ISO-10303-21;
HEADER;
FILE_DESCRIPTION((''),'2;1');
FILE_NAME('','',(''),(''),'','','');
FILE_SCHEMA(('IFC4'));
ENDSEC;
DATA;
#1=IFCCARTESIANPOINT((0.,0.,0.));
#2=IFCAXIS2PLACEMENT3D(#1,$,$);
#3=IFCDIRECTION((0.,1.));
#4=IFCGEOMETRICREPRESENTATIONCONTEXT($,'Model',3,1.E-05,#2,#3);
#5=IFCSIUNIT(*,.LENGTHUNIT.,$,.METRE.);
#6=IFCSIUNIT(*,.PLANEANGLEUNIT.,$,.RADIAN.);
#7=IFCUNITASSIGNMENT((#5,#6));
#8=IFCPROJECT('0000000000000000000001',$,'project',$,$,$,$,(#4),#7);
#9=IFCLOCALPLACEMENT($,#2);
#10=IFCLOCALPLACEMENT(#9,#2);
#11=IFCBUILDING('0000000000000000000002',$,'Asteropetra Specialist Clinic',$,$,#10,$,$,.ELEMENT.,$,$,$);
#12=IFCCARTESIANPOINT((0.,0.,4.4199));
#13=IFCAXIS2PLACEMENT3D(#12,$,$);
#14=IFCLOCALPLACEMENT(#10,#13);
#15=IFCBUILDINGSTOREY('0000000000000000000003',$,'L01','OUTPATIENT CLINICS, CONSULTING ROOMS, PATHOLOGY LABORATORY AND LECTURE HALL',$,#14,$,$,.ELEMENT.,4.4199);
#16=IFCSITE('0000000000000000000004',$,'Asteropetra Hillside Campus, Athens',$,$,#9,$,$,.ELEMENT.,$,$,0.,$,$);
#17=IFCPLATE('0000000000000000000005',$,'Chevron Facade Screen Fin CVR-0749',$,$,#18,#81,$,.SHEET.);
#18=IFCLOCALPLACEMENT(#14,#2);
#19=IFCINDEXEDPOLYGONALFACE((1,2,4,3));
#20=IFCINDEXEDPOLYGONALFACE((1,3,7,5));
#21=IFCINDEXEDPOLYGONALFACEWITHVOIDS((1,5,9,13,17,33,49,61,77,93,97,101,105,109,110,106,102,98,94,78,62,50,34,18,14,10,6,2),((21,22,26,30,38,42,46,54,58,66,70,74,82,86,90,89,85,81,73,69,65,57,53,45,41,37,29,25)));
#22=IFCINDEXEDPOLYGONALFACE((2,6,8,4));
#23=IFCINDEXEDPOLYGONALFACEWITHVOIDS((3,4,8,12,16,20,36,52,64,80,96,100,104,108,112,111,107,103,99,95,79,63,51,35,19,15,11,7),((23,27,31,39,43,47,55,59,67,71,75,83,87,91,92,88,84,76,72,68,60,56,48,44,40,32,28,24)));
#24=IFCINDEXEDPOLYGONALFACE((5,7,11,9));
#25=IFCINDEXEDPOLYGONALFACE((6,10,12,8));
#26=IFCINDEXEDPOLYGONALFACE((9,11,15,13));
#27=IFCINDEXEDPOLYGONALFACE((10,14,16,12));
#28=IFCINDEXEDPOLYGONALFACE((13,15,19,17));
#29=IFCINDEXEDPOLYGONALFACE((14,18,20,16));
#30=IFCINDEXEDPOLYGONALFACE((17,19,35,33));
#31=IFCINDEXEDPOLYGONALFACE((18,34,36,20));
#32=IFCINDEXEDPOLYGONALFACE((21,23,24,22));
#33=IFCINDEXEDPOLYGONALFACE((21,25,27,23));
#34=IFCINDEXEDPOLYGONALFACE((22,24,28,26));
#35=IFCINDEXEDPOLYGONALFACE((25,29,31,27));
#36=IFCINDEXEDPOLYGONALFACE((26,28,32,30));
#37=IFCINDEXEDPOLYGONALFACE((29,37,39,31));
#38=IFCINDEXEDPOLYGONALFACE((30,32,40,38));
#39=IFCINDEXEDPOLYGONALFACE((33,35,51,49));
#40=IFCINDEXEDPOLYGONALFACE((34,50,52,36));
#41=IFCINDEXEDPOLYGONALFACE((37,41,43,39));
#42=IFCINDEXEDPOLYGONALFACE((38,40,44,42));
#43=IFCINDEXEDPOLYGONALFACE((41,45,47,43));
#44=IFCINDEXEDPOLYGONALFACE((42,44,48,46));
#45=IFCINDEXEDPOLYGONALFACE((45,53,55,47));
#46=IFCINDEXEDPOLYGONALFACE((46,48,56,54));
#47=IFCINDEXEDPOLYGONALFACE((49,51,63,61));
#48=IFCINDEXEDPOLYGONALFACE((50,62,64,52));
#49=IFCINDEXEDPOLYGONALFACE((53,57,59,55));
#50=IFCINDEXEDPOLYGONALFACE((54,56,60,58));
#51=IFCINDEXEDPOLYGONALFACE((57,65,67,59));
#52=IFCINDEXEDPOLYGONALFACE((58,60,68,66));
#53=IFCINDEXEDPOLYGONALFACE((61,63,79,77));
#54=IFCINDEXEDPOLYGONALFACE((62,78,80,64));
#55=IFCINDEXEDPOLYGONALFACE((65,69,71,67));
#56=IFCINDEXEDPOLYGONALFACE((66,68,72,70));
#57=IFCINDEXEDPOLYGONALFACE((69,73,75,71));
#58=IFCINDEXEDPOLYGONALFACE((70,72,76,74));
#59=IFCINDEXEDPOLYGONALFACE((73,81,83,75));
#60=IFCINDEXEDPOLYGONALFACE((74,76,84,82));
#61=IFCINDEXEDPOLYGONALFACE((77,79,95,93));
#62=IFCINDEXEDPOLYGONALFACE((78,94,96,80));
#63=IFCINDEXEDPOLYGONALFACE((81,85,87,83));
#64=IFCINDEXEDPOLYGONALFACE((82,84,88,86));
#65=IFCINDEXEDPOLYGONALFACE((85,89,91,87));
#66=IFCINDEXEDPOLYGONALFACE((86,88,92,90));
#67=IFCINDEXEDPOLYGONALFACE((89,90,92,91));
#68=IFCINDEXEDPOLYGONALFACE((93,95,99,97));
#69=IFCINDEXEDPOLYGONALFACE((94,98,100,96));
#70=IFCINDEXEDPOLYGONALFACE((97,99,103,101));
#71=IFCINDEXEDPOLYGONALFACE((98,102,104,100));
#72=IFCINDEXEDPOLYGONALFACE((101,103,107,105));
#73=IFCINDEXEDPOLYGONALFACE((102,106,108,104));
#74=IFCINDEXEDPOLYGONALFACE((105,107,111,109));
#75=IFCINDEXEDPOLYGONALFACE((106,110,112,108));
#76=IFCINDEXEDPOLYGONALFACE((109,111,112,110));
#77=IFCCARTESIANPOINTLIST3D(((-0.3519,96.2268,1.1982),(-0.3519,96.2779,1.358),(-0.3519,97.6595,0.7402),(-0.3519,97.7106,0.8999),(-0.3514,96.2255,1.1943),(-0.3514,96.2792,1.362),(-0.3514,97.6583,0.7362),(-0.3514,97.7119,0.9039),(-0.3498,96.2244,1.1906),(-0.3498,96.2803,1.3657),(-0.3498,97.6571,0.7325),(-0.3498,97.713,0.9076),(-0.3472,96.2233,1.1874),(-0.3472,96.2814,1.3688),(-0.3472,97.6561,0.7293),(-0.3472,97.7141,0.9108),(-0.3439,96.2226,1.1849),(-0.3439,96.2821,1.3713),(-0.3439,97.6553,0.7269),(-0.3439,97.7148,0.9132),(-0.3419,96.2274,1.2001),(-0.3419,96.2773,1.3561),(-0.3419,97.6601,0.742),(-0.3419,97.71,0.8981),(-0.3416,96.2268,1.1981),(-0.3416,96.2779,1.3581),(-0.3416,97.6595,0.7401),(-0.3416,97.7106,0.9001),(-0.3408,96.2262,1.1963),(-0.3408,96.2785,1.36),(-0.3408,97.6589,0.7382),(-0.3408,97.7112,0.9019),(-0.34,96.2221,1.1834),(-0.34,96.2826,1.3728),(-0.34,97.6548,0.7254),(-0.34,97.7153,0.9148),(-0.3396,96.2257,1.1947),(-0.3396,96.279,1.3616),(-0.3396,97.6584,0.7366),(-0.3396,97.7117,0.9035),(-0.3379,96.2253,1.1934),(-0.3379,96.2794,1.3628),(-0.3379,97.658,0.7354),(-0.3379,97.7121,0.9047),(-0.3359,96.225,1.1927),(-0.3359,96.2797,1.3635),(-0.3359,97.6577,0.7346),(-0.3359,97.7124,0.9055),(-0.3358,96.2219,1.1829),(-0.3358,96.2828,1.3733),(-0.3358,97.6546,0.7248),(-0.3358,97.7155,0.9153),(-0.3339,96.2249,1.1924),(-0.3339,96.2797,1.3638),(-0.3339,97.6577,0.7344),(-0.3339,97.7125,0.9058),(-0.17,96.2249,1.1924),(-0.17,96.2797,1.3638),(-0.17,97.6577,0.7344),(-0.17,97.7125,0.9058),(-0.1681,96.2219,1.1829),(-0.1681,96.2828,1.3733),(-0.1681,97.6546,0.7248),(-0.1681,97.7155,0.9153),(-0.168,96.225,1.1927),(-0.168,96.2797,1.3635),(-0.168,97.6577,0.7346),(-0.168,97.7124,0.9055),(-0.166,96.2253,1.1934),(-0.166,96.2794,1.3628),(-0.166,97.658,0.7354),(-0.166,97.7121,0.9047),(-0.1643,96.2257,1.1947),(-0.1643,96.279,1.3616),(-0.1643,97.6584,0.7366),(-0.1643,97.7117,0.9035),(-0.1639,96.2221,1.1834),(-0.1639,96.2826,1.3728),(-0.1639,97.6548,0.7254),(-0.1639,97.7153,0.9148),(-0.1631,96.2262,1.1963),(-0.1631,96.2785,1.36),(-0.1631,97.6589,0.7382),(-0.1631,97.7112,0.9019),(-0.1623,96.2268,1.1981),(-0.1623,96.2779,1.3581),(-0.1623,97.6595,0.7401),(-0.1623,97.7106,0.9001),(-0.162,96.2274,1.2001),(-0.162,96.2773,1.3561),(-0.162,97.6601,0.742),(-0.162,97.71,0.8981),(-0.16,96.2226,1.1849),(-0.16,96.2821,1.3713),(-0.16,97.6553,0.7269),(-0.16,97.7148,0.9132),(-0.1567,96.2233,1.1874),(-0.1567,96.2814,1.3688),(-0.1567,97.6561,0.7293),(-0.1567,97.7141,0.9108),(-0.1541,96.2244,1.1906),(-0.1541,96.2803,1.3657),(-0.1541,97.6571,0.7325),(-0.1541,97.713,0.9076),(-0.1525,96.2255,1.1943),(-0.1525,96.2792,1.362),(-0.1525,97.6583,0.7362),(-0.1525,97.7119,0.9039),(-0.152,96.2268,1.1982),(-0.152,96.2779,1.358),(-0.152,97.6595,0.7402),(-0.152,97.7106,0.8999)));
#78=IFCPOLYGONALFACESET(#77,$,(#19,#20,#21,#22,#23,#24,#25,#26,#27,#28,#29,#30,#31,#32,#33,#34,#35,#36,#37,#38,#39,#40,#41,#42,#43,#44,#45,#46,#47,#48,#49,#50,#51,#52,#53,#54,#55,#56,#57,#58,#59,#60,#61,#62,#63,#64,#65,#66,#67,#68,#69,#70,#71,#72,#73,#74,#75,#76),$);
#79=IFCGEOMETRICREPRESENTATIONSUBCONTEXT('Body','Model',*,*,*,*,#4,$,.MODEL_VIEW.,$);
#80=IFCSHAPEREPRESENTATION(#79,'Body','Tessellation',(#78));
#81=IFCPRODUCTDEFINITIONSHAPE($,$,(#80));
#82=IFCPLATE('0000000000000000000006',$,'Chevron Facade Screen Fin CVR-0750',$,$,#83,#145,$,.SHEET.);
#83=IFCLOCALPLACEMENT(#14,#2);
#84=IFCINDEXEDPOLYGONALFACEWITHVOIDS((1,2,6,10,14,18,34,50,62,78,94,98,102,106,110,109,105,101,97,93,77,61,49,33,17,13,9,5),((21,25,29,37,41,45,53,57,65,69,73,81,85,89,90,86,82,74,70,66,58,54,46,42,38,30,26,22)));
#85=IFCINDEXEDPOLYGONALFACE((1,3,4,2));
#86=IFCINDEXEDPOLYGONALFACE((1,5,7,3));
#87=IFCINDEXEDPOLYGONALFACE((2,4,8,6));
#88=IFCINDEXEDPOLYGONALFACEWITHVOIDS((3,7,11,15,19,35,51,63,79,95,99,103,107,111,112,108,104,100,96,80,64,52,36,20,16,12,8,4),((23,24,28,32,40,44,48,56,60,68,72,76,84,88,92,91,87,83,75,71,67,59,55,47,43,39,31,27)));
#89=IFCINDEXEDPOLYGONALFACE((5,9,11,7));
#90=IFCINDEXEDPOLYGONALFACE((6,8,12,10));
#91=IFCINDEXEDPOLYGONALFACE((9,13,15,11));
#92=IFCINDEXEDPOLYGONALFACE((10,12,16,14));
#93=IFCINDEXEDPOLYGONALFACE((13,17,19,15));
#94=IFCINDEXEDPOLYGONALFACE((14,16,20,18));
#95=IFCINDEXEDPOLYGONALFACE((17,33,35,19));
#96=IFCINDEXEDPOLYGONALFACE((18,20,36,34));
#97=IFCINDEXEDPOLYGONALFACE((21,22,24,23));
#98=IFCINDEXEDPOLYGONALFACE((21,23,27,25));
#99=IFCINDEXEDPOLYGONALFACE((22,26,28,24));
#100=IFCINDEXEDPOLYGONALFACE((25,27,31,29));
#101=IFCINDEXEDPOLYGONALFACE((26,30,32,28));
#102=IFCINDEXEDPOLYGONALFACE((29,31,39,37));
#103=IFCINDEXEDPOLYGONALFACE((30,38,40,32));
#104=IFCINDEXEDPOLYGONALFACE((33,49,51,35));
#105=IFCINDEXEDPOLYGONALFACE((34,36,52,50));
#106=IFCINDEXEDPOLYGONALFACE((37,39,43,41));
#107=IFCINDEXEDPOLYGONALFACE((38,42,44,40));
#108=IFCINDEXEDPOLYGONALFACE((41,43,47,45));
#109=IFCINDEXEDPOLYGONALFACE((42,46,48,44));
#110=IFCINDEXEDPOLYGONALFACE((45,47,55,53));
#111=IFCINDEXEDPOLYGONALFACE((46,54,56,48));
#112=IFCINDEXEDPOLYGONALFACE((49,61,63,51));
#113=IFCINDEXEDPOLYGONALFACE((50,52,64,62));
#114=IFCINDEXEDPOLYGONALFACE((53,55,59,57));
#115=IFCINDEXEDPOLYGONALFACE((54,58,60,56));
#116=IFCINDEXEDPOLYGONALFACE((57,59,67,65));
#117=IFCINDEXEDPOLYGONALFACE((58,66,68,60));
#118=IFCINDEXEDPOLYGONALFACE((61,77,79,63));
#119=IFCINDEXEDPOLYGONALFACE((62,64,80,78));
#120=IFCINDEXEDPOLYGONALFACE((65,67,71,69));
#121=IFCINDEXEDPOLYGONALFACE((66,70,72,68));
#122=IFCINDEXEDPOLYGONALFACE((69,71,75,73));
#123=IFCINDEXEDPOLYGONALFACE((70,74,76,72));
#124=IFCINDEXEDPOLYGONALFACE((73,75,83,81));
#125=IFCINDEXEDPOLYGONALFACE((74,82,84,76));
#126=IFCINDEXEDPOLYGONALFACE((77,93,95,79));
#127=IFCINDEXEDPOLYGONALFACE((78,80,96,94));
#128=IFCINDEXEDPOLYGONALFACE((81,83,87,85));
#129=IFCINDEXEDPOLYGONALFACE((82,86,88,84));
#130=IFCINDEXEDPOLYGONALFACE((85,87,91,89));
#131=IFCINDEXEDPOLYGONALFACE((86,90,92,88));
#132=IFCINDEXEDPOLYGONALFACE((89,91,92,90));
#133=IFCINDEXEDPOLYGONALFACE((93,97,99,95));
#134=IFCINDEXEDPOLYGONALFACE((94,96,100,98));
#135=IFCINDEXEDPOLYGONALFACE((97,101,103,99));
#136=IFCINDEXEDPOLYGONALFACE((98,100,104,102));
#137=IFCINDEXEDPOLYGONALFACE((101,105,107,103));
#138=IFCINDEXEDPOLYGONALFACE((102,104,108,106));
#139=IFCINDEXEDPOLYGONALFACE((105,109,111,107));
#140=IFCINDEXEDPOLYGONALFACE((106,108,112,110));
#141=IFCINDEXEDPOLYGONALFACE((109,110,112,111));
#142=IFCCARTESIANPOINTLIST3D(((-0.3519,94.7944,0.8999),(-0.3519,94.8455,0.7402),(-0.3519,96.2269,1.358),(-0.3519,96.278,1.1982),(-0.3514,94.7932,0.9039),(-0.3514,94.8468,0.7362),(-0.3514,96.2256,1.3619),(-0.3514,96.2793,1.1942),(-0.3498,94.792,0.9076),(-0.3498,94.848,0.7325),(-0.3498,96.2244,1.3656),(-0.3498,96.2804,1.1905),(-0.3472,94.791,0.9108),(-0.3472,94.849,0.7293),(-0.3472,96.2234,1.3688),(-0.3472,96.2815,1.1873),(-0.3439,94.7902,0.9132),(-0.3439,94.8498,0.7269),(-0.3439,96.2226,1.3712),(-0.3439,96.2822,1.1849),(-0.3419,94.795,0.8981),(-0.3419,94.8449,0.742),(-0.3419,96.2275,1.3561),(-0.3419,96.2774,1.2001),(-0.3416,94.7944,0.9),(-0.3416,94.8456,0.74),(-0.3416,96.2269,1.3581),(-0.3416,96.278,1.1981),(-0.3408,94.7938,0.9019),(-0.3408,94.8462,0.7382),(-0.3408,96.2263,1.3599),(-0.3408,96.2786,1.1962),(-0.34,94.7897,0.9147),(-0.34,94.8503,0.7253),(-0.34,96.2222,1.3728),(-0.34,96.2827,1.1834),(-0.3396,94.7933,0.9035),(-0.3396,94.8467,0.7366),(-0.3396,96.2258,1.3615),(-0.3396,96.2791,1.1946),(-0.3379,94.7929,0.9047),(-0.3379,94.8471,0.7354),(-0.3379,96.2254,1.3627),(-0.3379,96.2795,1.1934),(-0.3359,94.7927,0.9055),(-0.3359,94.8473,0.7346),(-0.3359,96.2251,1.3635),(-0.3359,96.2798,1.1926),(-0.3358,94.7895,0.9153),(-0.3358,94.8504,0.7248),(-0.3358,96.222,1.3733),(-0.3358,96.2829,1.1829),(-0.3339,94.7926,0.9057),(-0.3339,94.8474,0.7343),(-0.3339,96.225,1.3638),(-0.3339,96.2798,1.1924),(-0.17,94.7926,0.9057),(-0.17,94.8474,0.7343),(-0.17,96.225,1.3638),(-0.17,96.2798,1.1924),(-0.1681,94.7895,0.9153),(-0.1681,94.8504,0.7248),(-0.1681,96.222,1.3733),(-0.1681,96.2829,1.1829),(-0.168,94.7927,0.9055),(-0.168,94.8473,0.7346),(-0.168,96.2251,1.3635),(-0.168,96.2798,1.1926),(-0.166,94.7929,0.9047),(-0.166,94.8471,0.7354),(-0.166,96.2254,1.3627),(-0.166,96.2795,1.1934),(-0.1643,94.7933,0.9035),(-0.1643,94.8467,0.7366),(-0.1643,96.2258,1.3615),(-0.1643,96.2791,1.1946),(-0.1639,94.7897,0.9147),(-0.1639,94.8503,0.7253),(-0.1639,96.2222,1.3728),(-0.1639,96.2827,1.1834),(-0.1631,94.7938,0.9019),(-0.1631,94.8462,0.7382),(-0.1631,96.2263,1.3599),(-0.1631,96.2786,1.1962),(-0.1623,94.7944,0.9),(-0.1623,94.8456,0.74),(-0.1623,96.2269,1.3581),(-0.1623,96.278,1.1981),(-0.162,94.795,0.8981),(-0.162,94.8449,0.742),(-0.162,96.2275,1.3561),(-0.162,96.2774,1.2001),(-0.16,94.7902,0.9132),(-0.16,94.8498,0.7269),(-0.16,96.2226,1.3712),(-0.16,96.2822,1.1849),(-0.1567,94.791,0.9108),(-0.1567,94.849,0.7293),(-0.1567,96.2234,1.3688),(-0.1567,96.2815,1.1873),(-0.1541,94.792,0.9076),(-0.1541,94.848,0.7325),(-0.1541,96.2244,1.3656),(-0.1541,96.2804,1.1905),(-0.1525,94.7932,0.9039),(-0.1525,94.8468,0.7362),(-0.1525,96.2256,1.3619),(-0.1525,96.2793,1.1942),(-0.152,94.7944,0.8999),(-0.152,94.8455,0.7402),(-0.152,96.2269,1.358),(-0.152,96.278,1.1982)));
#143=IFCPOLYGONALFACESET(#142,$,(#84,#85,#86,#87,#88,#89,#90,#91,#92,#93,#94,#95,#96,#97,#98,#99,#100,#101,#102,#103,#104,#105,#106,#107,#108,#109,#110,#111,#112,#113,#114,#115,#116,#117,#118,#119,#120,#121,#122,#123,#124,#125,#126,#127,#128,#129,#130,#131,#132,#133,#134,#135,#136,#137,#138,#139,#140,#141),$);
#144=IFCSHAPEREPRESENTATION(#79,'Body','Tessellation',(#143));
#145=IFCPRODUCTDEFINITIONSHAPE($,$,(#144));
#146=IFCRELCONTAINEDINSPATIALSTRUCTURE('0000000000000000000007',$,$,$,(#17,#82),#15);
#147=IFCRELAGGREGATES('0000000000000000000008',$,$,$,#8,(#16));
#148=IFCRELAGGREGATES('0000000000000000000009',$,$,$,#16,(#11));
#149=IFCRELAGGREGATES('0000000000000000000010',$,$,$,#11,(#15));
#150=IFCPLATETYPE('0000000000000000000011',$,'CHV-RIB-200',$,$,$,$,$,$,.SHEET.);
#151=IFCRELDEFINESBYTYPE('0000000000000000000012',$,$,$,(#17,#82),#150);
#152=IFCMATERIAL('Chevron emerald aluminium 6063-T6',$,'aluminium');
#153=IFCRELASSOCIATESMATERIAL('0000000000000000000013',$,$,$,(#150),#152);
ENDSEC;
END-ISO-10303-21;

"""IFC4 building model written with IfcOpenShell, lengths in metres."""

from ifc_helpers import new_model, si_unit, direction, frame, origin, origin_2d, place, context, subcontext, project, spatial, hollow_rectangle, extrude, material, material_profile, profile_set, type_object, element, save


model = new_model("IFC4")

# Units and contexts
model_context = context("Model", 3, precision=1e-05, world=origin(), true_north=direction((0.0, 1.0)))
body_context = subcontext(model_context, "Body", "Model", "MODEL_VIEW")
ifc_project = project(units=[si_unit("LENGTHUNIT", "METRE"), si_unit("PLANEANGLEUNIT", "RADIAN")], contexts=[model_context])

# Site, building, storey
site_placement = place(None, origin())
site = spatial("IfcSite", under=ifc_project, at=site_placement, Name="Asteropetra Hillside Campus, Athens", CompositionType="ELEMENT", RefElevation=0.0)
building_placement = place(site_placement, origin())
building = spatial("IfcBuilding", under=site, at=building_placement, Name="Asteropetra Specialist Clinic", CompositionType="ELEMENT")
storey_placement = place(building_placement, frame((0.0, 0.0, 4.4199)))
storey = spatial("IfcBuildingStorey", under=building, at=storey_placement, Name="L01", Description="OUTPATIENT CLINICS, CONSULTING ROOMS, PATHOLOGY LABORATORY AND LECTURE HALL", CompositionType="ELEMENT", Elevation=4.4199)

# Plates
ifc_material_1 = material(Name="Chevron emerald aluminium 6063-T6", Category="aluminium")
ifc_material_profile_1 = material_profile(ifc_material_1, hollow_rectangle(XDim=0.2, YDim=0.2, WallThickness=0.01, InnerFilletRadius=0.0081, OuterFilletRadius=0.0161, at=origin_2d()), Name="SHS 200x200x10.0")
ifc_profile_set_1 = profile_set([ifc_material_profile_1], Name="Chevron emerald aluminium 6063-T6")
plate_type_1 = type_object("IfcPlateType", Name="CHV-RIB-200", PredefinedType="SHEET", material=ifc_profile_set_1)
plate_1_placement = place(storey_placement, frame((-0.252, 97.6851, 0.8201), z_axis=(0.0, -0.952507, 0.304517), x_axis=(1.0, 0.0, 0.0)))
element("IfcPlate", 1, at=plate_1_placement, inside=storey, type_object=plate_type_1, Name="Chevron Facade Screen Fin CVR-0749", PredefinedType="SHEET", context=body_context, shape_type="SweptSolid", body=[
    extrude(hollow_rectangle(XDim=0.2, YDim=0.2, WallThickness=0.01, InnerFilletRadius=0.0081, OuterFilletRadius=0.0161, at=origin_2d()), origin(), (0.0, 0.0, 1.0), 1.5042),
])
plate_2_placement = place(storey_placement, frame((-0.252, 96.2524, 1.2781), z_axis=(0.0, -0.952492, -0.304564), x_axis=(1.0, 0.0, 0.0)))
element("IfcPlate", 2, at=plate_2_placement, inside=storey, type_object=plate_type_1, Name="Chevron Facade Screen Fin CVR-0750", PredefinedType="SHEET", context=body_context, shape_type="SweptSolid", body=[
    extrude(hollow_rectangle(XDim=0.2, YDim=0.2, WallThickness=0.01, InnerFilletRadius=0.0081, OuterFilletRadius=0.0161, at=origin_2d()), origin(), (0.0, 0.0, 1.0), 1.5039),
])

save(model, "model.ifc")
